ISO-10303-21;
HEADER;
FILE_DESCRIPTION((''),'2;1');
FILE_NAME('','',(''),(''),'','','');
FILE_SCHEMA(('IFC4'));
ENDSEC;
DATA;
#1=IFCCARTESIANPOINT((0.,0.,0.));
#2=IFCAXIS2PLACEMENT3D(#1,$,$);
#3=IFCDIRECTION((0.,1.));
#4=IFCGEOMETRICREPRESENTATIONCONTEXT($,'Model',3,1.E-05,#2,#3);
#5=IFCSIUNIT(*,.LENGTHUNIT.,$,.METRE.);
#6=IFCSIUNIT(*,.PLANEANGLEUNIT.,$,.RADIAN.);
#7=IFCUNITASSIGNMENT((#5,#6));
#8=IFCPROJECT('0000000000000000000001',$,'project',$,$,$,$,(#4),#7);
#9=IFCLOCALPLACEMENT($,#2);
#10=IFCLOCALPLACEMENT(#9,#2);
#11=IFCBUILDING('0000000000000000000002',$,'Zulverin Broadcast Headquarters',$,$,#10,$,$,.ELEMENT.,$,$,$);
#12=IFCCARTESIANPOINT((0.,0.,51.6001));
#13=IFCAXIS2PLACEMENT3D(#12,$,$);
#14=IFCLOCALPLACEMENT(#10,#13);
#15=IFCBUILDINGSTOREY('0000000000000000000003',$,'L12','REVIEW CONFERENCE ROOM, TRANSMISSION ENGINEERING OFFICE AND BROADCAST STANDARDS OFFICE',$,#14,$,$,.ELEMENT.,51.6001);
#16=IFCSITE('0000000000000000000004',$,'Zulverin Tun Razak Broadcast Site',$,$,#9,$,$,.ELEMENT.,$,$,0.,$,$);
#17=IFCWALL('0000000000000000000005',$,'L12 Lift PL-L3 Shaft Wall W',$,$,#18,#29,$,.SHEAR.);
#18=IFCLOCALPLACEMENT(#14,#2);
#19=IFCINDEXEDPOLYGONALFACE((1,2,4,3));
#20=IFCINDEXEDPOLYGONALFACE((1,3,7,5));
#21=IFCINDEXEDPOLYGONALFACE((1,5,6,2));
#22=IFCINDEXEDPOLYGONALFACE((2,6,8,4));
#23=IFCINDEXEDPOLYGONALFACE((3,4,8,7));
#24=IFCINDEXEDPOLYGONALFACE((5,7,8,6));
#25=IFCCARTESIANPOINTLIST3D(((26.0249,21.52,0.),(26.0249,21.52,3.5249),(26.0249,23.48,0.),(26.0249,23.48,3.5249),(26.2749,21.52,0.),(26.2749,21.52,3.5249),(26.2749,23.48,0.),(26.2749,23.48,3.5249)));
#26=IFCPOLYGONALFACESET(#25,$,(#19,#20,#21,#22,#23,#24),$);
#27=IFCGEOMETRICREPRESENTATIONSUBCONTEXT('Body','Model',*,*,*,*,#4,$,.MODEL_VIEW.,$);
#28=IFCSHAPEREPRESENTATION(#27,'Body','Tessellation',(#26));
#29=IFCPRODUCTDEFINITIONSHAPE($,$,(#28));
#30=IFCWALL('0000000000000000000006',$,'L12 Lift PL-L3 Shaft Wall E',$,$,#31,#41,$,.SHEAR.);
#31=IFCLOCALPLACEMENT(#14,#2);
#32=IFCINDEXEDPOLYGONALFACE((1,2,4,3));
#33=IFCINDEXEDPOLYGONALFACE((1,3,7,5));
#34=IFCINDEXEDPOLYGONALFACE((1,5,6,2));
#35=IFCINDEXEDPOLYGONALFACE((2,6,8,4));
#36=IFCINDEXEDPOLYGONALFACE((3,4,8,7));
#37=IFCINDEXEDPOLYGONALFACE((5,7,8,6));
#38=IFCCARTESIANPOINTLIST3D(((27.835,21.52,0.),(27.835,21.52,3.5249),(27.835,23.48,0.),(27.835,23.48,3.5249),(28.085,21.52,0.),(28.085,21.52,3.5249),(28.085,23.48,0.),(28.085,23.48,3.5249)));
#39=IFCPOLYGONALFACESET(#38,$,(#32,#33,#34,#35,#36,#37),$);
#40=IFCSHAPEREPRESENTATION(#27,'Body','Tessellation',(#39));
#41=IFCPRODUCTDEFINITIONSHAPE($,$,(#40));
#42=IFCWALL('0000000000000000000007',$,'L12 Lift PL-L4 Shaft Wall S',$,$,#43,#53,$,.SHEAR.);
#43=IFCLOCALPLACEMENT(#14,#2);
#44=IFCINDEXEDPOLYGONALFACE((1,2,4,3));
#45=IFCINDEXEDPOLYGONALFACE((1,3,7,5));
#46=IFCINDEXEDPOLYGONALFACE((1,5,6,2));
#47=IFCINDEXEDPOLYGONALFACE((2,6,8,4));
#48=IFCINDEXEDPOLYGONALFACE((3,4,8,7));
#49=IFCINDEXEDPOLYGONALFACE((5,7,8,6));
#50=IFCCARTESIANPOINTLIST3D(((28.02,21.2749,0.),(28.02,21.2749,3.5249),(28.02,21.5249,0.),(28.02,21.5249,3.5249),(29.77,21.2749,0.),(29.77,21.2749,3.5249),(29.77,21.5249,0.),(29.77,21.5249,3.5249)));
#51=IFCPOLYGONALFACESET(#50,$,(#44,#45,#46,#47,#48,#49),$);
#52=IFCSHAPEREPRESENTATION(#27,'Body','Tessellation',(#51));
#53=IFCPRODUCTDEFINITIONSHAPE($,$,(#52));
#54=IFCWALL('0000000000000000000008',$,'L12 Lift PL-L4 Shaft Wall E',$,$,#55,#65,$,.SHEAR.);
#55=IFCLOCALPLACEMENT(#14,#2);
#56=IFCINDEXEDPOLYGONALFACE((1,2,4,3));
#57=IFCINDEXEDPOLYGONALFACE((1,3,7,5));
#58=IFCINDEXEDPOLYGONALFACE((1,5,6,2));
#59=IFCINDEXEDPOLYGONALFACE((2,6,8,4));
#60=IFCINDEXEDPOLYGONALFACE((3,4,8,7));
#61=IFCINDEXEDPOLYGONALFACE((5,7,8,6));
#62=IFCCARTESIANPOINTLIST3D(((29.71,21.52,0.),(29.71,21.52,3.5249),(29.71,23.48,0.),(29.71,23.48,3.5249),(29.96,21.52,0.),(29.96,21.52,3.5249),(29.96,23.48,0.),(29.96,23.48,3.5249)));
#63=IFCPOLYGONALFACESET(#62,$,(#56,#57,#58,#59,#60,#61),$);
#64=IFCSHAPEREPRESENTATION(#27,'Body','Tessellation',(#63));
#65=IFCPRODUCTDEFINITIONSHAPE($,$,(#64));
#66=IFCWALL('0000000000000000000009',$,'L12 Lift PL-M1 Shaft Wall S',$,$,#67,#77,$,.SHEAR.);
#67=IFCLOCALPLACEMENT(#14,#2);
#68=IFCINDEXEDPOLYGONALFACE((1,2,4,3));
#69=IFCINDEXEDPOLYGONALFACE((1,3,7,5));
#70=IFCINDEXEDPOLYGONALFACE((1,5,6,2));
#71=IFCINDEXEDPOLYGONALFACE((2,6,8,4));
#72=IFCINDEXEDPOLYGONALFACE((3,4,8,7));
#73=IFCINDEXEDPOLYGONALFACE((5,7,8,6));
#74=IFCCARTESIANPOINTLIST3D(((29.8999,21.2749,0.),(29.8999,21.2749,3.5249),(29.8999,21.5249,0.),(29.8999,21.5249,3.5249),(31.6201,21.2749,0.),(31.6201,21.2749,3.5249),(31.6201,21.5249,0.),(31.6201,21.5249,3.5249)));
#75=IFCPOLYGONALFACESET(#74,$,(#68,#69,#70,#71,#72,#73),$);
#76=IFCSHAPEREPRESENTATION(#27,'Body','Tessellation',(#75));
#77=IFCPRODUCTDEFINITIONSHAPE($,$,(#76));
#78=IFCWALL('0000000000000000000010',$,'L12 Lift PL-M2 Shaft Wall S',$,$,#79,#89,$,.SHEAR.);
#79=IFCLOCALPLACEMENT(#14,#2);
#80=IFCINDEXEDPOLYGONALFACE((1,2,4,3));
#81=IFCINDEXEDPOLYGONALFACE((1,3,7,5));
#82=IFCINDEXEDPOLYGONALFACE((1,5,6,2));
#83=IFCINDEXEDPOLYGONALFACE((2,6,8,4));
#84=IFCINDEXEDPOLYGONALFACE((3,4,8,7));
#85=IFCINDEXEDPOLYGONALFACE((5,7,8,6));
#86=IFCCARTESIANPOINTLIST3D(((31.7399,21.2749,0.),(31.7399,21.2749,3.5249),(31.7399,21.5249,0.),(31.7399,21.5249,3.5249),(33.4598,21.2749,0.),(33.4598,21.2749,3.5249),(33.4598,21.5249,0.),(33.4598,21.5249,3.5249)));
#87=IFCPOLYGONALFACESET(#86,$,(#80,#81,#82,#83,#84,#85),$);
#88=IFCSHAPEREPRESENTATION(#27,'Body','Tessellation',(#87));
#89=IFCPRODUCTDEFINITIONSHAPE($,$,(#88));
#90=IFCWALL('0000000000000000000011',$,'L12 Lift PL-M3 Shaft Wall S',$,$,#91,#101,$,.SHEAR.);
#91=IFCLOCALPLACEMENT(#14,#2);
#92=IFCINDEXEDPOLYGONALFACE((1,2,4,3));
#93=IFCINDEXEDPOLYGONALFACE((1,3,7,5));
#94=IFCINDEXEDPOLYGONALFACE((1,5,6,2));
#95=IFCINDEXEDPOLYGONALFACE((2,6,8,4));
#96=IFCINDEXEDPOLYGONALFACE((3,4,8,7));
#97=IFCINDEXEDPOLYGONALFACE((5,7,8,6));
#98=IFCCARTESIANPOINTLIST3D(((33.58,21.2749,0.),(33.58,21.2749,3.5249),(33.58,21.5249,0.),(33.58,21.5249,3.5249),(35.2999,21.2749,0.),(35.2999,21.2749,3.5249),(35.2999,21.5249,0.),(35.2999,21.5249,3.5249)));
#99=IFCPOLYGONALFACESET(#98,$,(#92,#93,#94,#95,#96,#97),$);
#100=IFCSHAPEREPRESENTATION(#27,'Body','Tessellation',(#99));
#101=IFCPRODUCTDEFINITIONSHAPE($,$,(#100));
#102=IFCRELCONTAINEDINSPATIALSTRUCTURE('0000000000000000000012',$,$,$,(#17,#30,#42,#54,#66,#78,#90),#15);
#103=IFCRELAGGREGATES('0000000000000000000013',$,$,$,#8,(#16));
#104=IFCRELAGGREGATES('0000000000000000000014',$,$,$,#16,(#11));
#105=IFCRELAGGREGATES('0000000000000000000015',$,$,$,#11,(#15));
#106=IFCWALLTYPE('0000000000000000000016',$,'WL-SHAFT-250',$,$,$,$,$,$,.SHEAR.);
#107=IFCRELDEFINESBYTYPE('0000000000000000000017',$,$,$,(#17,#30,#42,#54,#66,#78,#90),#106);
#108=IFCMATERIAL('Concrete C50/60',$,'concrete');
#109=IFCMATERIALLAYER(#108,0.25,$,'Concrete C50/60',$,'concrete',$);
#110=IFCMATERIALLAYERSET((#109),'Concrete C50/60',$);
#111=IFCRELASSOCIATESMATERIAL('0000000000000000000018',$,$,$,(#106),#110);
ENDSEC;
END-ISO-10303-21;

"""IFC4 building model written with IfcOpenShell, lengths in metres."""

from ifc_helpers import new_model, si_unit, direction, frame, frame_2d, origin, place, context, subcontext, project, spatial, rectangle, extrude, material, layer, layer_set, type_object, element, save


model = new_model("IFC4")

# Units and contexts
model_context = context("Model", 3, precision=1e-05, world=origin(), true_north=direction((0.0, 1.0)))
body_context = subcontext(model_context, "Body", "Model", "MODEL_VIEW")
ifc_project = project(units=[si_unit("LENGTHUNIT", "METRE"), si_unit("PLANEANGLEUNIT", "RADIAN")], contexts=[model_context])

# Site, building, storey
site_placement = place(None, origin())
site = spatial("IfcSite", under=ifc_project, at=site_placement, Name="Zulverin Tun Razak Broadcast Site", CompositionType="ELEMENT", RefElevation=0.0)
building_placement = place(site_placement, origin())
building = spatial("IfcBuilding", under=site, at=building_placement, Name="Zulverin Broadcast Headquarters", CompositionType="ELEMENT")
storey_placement = place(building_placement, frame((0.0, 0.0, 51.6001)))
storey = spatial("IfcBuildingStorey", under=building, at=storey_placement, Name="L12", Description="REVIEW CONFERENCE ROOM, TRANSMISSION ENGINEERING OFFICE AND BROADCAST STANDARDS OFFICE", CompositionType="ELEMENT", Elevation=51.6001)

# Walls
ifc_material_1 = material(Name="Concrete C50/60", Category="concrete")
ifc_layer_1 = layer(ifc_material_1, 0.25, Name="Concrete C50/60", Category="concrete")
ifc_layer_set_1 = layer_set([ifc_layer_1], Name="Concrete C50/60")
wall_type_1 = type_object("IfcWallType", Name="WL-SHAFT-250", PredefinedType="SHEAR", material=ifc_layer_set_1)
for number, where, z_axis, x_axis, name in (
    (1, (26.1499, 21.52, 0.0), (0.0, 0.0, 1.0), (0.0, 1.0, 0.0), "L12 Lift PL-L3 Shaft Wall W"),
    (2, (27.96, 21.52, 0.0), (0.0, 0.0, 1.0), (0.0, 1.0, 0.0), "L12 Lift PL-L3 Shaft Wall E"),
):
    element("IfcWall", number, at=place(storey_placement, frame(where, z_axis=z_axis, x_axis=x_axis)), inside=storey, type_object=wall_type_1, Name=name, PredefinedType="SHEAR", context=body_context, shape_type="SweptSolid", body=[
        extrude(rectangle(XDim=1.96, YDim=0.25, at=frame_2d((0.98, 0.0))), origin(), (0.0, 0.0, 1.0), 3.5249),
    ])
wall_1_placement = place(storey_placement, frame((28.02, 21.3999, 0.0), z_axis=(0.0, 0.0, 1.0), x_axis=(1.0, 0.0, 0.0)))
element("IfcWall", 3, at=wall_1_placement, inside=storey, type_object=wall_type_1, Name="L12 Lift PL-L4 Shaft Wall S", PredefinedType="SHEAR", context=body_context, shape_type="SweptSolid", body=[
    extrude(rectangle(XDim=1.75, YDim=0.25, at=frame_2d((0.875, 0.0))), origin(), (0.0, 0.0, 1.0), 3.5249),
])
wall_2_placement = place(storey_placement, frame((29.835, 21.52, 0.0), z_axis=(0.0, 0.0, 1.0), x_axis=(0.0, 1.0, 0.0)))
element("IfcWall", 4, at=wall_2_placement, inside=storey, type_object=wall_type_1, Name="L12 Lift PL-L4 Shaft Wall E", PredefinedType="SHEAR", context=body_context, shape_type="SweptSolid", body=[
    extrude(rectangle(XDim=1.96, YDim=0.25, at=frame_2d((0.98, 0.0))), origin(), (0.0, 0.0, 1.0), 3.5249),
])
wall_3_placement = place(storey_placement, frame((29.8999, 21.3999, 0.0), z_axis=(0.0, 0.0, 1.0), x_axis=(1.0, 0.0, 0.0)))
element("IfcWall", 5, at=wall_3_placement, inside=storey, type_object=wall_type_1, Name="L12 Lift PL-M1 Shaft Wall S", PredefinedType="SHEAR", context=body_context, shape_type="SweptSolid", body=[
    extrude(rectangle(XDim=1.7202, YDim=0.25, at=frame_2d((0.8601, 0.0))), origin(), (0.0, 0.0, 1.0), 3.5249),
])
for number, where, z_axis, x_axis, name in (
    (6, (31.74, 21.3999, 0.0), (0.0, 0.0, 1.0), (1.0, 0.0, 0.0), "L12 Lift PL-M2 Shaft Wall S"),
    (7, (33.5801, 21.3999, 0.0), (0.0, 0.0, 1.0), (1.0, 0.0, 0.0), "L12 Lift PL-M3 Shaft Wall S"),
):
    element("IfcWall", number, at=place(storey_placement, frame(where, z_axis=z_axis, x_axis=x_axis)), inside=storey, type_object=wall_type_1, Name=name, PredefinedType="SHEAR", context=body_context, shape_type="SweptSolid", body=[
        extrude(rectangle(XDim=1.72, YDim=0.25, at=frame_2d((0.8599, 0.0))), origin(), (0.0, 0.0, 1.0), 3.5249),
    ])

save(model, "model.ifc")
